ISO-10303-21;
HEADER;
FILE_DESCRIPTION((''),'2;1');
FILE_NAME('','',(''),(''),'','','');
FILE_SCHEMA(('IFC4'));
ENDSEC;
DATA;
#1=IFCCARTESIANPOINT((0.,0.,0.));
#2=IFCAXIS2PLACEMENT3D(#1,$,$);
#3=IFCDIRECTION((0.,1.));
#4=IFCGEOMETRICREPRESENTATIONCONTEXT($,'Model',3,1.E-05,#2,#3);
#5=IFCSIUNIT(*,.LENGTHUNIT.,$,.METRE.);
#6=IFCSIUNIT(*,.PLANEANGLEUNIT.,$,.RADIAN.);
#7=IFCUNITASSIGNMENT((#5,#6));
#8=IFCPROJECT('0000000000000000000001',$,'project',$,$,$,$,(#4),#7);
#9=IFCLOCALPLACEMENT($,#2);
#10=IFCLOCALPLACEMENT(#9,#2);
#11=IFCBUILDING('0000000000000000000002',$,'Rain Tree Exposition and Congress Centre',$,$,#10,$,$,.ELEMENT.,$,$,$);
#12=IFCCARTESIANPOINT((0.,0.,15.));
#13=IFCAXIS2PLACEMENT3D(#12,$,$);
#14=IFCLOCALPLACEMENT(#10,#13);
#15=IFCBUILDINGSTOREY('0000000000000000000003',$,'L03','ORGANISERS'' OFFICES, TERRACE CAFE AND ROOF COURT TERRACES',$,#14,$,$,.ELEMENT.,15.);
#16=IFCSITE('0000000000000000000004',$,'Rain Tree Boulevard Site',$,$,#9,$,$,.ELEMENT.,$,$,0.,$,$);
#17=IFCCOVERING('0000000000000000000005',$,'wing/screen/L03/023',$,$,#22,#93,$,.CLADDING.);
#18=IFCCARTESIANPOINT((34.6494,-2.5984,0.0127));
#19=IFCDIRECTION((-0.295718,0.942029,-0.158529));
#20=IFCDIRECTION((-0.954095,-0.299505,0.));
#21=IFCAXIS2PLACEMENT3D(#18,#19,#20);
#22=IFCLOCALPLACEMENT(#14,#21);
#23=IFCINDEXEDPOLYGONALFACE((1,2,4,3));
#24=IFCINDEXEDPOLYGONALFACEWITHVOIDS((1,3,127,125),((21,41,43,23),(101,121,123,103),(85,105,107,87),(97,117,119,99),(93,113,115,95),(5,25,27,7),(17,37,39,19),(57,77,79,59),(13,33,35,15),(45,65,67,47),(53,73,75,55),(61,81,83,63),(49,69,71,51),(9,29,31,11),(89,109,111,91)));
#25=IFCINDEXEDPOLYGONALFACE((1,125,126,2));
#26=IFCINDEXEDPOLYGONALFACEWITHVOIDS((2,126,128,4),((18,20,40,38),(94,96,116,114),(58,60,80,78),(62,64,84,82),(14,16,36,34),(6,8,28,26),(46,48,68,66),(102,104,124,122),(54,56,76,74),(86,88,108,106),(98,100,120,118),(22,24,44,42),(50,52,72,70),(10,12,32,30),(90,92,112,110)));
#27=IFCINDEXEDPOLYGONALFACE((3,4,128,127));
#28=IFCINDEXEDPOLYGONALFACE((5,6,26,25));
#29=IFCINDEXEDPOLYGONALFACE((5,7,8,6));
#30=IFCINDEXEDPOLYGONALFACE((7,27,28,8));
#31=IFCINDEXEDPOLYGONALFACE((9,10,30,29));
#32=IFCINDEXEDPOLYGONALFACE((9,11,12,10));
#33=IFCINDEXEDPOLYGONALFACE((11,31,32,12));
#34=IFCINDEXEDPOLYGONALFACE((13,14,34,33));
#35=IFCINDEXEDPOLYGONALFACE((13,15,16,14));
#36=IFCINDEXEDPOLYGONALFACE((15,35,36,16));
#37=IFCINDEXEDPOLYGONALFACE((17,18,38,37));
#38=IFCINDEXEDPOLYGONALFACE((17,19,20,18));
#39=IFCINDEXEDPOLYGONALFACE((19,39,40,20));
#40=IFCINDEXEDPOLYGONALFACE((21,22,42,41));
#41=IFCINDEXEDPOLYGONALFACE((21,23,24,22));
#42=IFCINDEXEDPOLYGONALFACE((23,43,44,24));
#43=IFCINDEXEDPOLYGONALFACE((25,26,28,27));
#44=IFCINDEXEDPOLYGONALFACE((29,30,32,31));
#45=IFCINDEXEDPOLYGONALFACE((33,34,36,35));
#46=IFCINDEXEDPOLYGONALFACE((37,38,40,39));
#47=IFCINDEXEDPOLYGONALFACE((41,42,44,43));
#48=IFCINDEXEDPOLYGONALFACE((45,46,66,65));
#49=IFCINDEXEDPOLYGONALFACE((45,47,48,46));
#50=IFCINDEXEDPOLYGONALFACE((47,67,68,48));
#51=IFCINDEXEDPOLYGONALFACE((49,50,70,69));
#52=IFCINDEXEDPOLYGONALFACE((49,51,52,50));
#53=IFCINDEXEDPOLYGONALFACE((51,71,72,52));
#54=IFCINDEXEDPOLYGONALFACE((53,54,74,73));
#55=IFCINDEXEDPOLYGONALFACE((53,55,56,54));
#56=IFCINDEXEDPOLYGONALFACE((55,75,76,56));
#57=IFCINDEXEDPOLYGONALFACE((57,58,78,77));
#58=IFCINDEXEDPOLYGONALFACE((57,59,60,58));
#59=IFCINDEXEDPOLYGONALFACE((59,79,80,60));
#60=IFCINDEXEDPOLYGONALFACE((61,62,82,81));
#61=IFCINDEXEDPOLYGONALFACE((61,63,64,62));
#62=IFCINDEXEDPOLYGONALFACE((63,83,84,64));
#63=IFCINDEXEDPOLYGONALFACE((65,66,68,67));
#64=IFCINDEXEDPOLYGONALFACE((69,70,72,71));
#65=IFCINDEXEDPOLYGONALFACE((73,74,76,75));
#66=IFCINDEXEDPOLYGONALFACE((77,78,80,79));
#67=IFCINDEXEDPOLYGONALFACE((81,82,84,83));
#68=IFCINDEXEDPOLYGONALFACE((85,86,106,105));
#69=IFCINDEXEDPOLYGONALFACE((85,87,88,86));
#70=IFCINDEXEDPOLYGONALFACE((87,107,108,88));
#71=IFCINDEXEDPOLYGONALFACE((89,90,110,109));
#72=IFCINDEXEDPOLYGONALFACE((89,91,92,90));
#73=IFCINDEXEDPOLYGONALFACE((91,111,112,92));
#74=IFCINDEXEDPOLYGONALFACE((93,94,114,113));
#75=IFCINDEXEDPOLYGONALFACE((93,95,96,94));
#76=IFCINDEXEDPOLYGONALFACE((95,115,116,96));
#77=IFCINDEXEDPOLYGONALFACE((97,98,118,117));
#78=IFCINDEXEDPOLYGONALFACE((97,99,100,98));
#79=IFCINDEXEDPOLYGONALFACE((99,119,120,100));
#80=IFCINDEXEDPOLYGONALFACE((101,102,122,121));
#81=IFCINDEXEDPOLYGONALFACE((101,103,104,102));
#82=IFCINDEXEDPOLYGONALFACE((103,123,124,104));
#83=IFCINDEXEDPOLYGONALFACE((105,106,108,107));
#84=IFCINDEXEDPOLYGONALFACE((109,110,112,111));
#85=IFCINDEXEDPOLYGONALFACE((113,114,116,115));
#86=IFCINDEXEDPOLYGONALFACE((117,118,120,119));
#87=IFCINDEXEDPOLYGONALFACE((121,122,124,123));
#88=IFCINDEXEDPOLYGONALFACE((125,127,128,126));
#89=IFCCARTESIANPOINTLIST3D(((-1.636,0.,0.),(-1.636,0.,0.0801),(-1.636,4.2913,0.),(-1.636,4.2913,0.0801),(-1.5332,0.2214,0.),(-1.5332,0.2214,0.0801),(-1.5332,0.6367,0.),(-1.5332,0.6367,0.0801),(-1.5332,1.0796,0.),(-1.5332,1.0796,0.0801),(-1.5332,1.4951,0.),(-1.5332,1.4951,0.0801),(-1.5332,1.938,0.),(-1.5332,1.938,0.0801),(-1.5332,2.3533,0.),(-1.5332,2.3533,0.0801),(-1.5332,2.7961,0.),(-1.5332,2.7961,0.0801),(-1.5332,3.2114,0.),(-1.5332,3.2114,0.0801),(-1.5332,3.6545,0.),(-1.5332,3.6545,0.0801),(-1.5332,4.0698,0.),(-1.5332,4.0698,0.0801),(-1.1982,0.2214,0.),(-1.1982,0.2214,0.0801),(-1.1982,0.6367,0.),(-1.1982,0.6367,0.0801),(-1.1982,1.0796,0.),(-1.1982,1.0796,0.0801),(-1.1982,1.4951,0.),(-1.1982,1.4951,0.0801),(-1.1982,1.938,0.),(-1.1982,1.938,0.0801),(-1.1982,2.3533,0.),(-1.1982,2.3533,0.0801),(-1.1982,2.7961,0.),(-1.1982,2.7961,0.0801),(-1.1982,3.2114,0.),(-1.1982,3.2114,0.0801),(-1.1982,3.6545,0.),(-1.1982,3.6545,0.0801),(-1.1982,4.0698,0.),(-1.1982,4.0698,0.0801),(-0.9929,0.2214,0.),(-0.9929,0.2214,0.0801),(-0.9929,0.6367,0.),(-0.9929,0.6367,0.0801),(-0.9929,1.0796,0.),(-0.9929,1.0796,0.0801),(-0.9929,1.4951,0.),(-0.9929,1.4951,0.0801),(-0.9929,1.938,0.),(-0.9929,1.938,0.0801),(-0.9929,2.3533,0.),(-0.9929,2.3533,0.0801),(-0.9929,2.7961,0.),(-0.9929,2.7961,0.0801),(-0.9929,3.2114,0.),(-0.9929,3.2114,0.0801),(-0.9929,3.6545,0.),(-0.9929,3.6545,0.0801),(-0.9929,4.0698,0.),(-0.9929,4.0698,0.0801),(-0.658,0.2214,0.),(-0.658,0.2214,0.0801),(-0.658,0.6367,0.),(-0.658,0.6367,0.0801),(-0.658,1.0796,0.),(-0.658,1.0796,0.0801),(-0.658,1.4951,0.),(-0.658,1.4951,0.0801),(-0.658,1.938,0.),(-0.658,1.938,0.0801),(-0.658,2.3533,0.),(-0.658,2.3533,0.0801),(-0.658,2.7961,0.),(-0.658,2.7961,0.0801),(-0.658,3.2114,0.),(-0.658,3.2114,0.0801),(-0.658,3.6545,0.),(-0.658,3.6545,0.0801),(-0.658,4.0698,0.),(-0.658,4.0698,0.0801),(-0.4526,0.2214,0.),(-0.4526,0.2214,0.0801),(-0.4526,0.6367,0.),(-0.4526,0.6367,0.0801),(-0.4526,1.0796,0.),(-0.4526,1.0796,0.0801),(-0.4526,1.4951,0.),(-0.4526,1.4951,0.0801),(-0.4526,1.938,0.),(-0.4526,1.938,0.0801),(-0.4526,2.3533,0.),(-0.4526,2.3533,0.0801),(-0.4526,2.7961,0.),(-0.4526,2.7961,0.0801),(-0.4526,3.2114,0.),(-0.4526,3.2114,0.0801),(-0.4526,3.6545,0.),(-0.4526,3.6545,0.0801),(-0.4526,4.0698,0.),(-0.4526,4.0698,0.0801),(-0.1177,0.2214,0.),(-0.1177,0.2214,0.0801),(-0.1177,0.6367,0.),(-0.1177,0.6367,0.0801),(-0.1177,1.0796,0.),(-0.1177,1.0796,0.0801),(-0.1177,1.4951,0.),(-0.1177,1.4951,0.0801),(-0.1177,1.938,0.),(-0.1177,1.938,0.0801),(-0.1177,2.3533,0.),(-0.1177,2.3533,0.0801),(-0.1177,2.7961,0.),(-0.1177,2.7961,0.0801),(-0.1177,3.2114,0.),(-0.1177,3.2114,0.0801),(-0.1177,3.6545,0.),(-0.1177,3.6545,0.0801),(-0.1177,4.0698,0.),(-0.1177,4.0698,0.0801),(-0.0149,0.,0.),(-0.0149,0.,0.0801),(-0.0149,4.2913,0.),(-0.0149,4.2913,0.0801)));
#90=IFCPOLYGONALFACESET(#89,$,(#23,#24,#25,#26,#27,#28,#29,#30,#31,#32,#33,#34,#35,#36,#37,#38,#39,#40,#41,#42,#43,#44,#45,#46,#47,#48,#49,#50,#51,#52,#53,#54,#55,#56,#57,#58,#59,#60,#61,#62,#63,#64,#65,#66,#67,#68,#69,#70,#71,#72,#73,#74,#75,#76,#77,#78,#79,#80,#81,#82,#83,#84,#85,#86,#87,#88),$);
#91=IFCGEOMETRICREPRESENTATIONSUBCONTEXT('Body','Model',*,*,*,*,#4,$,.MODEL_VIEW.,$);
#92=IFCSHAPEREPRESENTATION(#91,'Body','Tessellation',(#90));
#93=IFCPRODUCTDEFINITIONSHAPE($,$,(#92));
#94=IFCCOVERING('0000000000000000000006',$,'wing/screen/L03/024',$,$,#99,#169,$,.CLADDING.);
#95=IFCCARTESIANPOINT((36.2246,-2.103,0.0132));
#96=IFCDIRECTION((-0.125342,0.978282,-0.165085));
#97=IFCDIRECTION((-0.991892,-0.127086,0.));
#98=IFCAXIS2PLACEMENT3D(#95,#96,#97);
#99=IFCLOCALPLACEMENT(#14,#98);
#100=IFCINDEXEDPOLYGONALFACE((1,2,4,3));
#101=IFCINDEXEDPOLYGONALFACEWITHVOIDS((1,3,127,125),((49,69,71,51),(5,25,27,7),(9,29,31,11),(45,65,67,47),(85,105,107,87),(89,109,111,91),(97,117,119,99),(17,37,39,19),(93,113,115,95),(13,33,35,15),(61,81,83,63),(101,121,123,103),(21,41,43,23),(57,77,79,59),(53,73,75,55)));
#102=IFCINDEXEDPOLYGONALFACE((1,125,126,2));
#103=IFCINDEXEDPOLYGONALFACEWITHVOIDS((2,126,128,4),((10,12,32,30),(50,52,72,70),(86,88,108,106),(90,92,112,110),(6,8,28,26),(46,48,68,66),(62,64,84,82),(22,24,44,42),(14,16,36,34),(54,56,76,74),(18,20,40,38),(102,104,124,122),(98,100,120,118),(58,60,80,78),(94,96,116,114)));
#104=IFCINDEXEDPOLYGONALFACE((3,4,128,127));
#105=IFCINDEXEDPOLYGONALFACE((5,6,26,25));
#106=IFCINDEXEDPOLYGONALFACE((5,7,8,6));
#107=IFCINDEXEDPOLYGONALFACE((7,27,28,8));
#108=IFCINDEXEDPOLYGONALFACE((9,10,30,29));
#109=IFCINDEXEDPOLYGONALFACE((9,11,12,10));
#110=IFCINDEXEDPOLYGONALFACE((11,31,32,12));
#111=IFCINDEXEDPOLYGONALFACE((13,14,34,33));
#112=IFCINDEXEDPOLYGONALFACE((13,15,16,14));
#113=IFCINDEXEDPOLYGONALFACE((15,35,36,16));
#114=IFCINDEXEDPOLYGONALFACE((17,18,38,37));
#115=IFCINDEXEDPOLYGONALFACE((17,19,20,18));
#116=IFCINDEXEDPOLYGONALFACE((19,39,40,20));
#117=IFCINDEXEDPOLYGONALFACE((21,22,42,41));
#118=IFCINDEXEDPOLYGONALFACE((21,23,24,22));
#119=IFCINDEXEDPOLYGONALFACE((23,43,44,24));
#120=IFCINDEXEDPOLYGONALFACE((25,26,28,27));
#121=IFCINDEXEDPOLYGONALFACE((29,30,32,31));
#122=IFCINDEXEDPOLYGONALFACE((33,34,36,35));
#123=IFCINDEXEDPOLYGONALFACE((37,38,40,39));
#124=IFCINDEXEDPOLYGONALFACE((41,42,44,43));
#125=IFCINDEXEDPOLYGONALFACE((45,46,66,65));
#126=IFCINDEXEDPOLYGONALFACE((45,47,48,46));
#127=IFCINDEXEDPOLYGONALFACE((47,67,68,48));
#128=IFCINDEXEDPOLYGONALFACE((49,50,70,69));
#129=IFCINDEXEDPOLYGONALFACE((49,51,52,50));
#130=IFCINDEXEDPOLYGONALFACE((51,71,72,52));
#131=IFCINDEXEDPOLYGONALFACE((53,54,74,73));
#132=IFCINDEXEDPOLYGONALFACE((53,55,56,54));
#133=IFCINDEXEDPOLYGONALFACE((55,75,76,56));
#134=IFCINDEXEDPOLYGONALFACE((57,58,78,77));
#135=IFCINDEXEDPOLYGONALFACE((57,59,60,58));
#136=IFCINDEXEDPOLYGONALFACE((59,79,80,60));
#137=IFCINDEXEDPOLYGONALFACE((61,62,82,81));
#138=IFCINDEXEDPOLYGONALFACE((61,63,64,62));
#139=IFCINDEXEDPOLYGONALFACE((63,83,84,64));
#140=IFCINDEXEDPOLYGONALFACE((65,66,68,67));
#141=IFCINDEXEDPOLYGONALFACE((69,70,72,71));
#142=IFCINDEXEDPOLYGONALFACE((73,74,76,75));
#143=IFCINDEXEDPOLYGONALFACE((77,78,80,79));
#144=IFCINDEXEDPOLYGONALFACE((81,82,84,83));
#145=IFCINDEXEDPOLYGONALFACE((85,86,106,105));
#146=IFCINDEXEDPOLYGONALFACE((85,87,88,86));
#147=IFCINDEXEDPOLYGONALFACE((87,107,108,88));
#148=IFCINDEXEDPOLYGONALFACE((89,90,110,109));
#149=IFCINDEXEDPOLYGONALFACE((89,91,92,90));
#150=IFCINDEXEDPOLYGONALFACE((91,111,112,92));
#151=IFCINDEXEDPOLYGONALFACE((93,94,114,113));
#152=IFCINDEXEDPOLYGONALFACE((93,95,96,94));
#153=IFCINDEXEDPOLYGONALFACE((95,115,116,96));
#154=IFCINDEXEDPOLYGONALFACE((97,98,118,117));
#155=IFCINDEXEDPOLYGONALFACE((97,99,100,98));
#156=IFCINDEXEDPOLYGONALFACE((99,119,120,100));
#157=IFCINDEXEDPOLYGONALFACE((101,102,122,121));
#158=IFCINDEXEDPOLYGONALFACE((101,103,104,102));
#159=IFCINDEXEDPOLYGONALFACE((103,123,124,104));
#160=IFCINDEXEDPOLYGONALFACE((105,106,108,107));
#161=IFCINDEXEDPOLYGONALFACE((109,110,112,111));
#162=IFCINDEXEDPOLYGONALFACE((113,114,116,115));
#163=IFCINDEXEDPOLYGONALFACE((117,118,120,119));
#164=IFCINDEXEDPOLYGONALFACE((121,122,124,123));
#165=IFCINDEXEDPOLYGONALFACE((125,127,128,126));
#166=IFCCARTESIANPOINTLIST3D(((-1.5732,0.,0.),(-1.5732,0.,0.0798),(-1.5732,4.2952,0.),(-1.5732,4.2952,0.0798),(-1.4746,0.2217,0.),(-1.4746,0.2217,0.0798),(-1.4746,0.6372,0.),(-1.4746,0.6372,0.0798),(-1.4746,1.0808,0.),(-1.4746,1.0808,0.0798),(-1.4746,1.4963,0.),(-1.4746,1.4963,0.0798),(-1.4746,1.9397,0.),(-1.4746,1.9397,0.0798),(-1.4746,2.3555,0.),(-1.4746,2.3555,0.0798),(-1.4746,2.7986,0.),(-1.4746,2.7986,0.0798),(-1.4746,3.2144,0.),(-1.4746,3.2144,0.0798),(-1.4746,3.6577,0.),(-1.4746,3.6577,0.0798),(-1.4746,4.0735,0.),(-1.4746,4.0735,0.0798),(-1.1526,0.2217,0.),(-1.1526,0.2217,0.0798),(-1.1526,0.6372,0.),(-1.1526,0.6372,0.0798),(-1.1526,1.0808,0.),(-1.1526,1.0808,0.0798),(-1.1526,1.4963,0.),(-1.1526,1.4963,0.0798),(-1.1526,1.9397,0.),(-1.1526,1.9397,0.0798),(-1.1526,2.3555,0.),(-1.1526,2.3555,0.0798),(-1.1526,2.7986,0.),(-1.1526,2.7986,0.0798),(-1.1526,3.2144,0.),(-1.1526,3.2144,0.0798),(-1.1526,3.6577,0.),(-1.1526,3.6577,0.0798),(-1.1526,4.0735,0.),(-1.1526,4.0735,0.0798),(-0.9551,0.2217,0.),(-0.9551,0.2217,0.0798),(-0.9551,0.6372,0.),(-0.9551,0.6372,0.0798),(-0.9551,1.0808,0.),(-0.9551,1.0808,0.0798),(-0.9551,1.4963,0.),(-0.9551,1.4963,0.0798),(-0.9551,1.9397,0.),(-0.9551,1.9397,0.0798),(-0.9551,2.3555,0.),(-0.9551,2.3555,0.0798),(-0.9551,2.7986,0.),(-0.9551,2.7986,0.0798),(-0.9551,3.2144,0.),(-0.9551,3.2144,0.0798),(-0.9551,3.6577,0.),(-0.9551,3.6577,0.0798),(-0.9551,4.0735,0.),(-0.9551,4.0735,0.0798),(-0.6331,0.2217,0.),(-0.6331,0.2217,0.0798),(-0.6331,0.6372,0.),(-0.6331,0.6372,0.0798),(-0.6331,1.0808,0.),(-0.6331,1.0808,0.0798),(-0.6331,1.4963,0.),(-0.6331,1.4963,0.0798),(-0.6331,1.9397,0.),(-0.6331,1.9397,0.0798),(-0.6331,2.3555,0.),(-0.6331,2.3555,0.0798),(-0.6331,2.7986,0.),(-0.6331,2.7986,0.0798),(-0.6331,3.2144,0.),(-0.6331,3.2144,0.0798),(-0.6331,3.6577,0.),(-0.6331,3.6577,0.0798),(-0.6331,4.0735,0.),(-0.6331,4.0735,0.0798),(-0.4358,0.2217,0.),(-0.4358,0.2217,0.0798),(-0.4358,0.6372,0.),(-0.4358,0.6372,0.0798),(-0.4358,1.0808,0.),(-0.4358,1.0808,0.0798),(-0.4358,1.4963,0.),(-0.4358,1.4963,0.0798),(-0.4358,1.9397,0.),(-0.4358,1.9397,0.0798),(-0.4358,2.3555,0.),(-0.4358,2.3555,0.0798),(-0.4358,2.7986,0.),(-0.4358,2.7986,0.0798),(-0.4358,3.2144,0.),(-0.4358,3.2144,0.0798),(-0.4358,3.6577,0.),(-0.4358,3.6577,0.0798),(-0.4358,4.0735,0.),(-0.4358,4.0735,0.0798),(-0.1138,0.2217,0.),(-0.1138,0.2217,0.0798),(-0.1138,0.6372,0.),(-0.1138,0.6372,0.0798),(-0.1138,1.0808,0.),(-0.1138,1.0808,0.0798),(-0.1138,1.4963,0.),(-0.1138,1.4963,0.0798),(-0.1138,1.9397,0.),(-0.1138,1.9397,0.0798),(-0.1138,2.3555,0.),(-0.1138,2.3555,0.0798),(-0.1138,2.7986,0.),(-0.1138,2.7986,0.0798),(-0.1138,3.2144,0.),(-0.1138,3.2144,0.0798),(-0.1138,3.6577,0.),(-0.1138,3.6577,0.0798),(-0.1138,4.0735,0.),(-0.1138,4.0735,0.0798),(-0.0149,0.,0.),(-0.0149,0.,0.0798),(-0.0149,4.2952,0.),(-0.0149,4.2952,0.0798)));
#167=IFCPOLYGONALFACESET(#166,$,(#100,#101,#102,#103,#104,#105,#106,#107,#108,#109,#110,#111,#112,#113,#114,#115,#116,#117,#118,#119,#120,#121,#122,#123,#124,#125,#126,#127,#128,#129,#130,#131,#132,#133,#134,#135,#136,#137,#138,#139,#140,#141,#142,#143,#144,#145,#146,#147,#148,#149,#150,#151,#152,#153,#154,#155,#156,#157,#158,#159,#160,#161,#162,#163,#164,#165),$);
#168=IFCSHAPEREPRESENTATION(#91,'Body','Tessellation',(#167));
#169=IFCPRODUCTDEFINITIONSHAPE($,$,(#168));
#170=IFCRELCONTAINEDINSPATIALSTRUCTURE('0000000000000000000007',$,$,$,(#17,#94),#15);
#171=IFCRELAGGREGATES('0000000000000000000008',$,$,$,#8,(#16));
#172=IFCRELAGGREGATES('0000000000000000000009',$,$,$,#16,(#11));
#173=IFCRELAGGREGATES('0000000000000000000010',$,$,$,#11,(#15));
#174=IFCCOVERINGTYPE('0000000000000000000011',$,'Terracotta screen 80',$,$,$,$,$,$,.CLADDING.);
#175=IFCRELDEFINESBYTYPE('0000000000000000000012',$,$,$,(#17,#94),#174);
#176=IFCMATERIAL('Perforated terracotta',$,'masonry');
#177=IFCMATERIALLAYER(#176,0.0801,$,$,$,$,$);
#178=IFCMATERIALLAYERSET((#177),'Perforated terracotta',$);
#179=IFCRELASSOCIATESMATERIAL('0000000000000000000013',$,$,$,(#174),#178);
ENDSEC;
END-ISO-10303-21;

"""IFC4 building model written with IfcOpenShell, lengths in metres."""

from ifc_helpers import new_model, si_unit, direction, frame, origin, place, context, subcontext, project, spatial, polyline, outline, extrude, material, layer, layer_set, type_object, element, save


model = new_model("IFC4")

# Units and contexts
model_context = context("Model", 3, precision=1e-05, world=origin(), true_north=direction((0.0, 1.0)))
body_context = subcontext(model_context, "Body", "Model", "MODEL_VIEW")
ifc_project = project(units=[si_unit("LENGTHUNIT", "METRE"), si_unit("PLANEANGLEUNIT", "RADIAN")], contexts=[model_context])

# Site, building, storey
site_placement = place(None, origin())
site = spatial("IfcSite", under=ifc_project, at=site_placement, Name="Rain Tree Boulevard Site", CompositionType="ELEMENT", RefElevation=0.0)
building_placement = place(site_placement, origin())
building = spatial("IfcBuilding", under=site, at=building_placement, Name="Rain Tree Exposition and Congress Centre", CompositionType="ELEMENT")
storey_placement = place(building_placement, frame((0.0, 0.0, 15.0)))
storey = spatial("IfcBuildingStorey", under=building, at=storey_placement, Name="L03", Description="ORGANISERS' OFFICES, TERRACE CAFE AND ROOF COURT TERRACES", CompositionType="ELEMENT", Elevation=15.0)

# Coverings
ifc_material_1 = material(Name="Perforated terracotta", Category="masonry")
ifc_layer_1 = layer(ifc_material_1, 0.0801)
ifc_layer_set_1 = layer_set([ifc_layer_1], Name="Perforated terracotta")
covering_type = type_object("IfcCoveringType", Name="Terracotta screen 80", PredefinedType="CLADDING", material=ifc_layer_set_1)
covering_1_placement = place(storey_placement, frame((34.6494, -2.5984, 0.0127), z_axis=(-0.295718, 0.942029, -0.158529), x_axis=(-0.954095, -0.299505, 0.0)))
element("IfcCovering", 1, at=covering_1_placement, inside=storey, type_object=covering_type, Name="wing/screen/L03/023", PredefinedType="CLADDING", context=body_context, shape_type="SweptSolid", body=[
    extrude(outline(polyline([(-1.636, 0.0), (-1.636, 4.2913), (-0.0149, 4.2913), (-0.0149, 0.0), (-1.636, 0.0)]), holes=[polyline([(-0.1177, 0.2214), (-0.1177, 0.6367), (-0.4526, 0.6367), (-0.4526, 0.2214), (-0.1177, 0.2214)]), polyline([(-0.1177, 1.0796), (-0.1177, 1.4951), (-0.4526, 1.4951), (-0.4526, 1.0796), (-0.1177, 1.0796)]), polyline([(-0.1177, 1.938), (-0.1177, 2.3533), (-0.4526, 2.3533), (-0.4526, 1.938), (-0.1177, 1.938)]), polyline([(-0.1177, 2.7961), (-0.1177, 3.2114), (-0.4526, 3.2114), (-0.4526, 2.7961), (-0.1177, 2.7961)]), polyline([(-0.1177, 3.6545), (-0.1177, 4.0698), (-0.4526, 4.0698), (-0.4526, 3.6545), (-0.1177, 3.6545)]), polyline([(-0.658, 0.2214), (-0.658, 0.6367), (-0.9929, 0.6367), (-0.9929, 0.2214), (-0.658, 0.2214)]), polyline([(-0.658, 1.0796), (-0.658, 1.4951), (-0.9929, 1.4951), (-0.9929, 1.0796), (-0.658, 1.0796)]), polyline([(-0.658, 1.938), (-0.658, 2.3533), (-0.9929, 2.3533), (-0.9929, 1.938), (-0.658, 1.938)]), polyline([(-0.658, 2.7961), (-0.658, 3.2114), (-0.9929, 3.2114), (-0.9929, 2.7961), (-0.658, 2.7961)]), polyline([(-0.658, 3.6545), (-0.658, 4.0698), (-0.9929, 4.0698), (-0.9929, 3.6545), (-0.658, 3.6545)]), polyline([(-1.1982, 0.2214), (-1.1982, 0.6367), (-1.5332, 0.6367), (-1.5332, 0.2214), (-1.1982, 0.2214)]), polyline([(-1.1982, 1.0796), (-1.1982, 1.4951), (-1.5332, 1.4951), (-1.5332, 1.0796), (-1.1982, 1.0796)]), polyline([(-1.1982, 1.938), (-1.1982, 2.3533), (-1.5332, 2.3533), (-1.5332, 1.938), (-1.1982, 1.938)]), polyline([(-1.1982, 2.7961), (-1.1982, 3.2114), (-1.5332, 3.2114), (-1.5332, 2.7961), (-1.1982, 2.7961)]), polyline([(-1.1982, 3.6545), (-1.1982, 4.0698), (-1.5332, 4.0698), (-1.5332, 3.6545), (-1.1982, 3.6545)])]), origin(), (0.0, 0.0, 1.0), 0.0801),
])
covering_2_placement = place(storey_placement, frame((36.2246, -2.103, 0.0132), z_axis=(-0.125342, 0.978282, -0.165085), x_axis=(-0.991892, -0.127086, 0.0)))
element("IfcCovering", 2, at=covering_2_placement, inside=storey, type_object=covering_type, Name="wing/screen/L03/024", PredefinedType="CLADDING", context=body_context, shape_type="SweptSolid", body=[
    extrude(outline(polyline([(-1.5732, 0.0), (-1.5732, 4.2952), (-0.0149, 4.2952), (-0.0149, 0.0), (-1.5732, 0.0)]), holes=[polyline([(-0.1138, 0.2217), (-0.1138, 0.6372), (-0.4358, 0.6372), (-0.4358, 0.2217), (-0.1138, 0.2217)]), polyline([(-0.1138, 1.0808), (-0.1138, 1.4963), (-0.4358, 1.4963), (-0.4358, 1.0808), (-0.1138, 1.0808)]), polyline([(-0.1138, 1.9397), (-0.1138, 2.3555), (-0.4358, 2.3555), (-0.4358, 1.9397), (-0.1138, 1.9397)]), polyline([(-0.1138, 2.7986), (-0.1138, 3.2144), (-0.4358, 3.2144), (-0.4358, 2.7986), (-0.1138, 2.7986)]), polyline([(-0.1138, 3.6577), (-0.1138, 4.0735), (-0.4358, 4.0735), (-0.4358, 3.6577), (-0.1138, 3.6577)]), polyline([(-0.6331, 0.2217), (-0.6331, 0.6372), (-0.9551, 0.6372), (-0.9551, 0.2217), (-0.6331, 0.2217)]), polyline([(-0.6331, 1.0808), (-0.6331, 1.4963), (-0.9551, 1.4963), (-0.9551, 1.0808), (-0.6331, 1.0808)]), polyline([(-0.6331, 1.9397), (-0.6331, 2.3555), (-0.9551, 2.3555), (-0.9551, 1.9397), (-0.6331, 1.9397)]), polyline([(-0.6331, 2.7986), (-0.6331, 3.2144), (-0.9551, 3.2144), (-0.9551, 2.7986), (-0.6331, 2.7986)]), polyline([(-0.6331, 3.6577), (-0.6331, 4.0735), (-0.9551, 4.0735), (-0.9551, 3.6577), (-0.6331, 3.6577)]), polyline([(-1.1526, 0.2217), (-1.1526, 0.6372), (-1.4746, 0.6372), (-1.4746, 0.2217), (-1.1526, 0.2217)]), polyline([(-1.1526, 1.0808), (-1.1526, 1.4963), (-1.4746, 1.4963), (-1.4746, 1.0808), (-1.1526, 1.0808)]), polyline([(-1.1526, 1.9397), (-1.1526, 2.3555), (-1.4746, 2.3555), (-1.4746, 1.9397), (-1.1526, 1.9397)]), polyline([(-1.1526, 2.7986), (-1.1526, 3.2144), (-1.4746, 3.2144), (-1.4746, 2.7986), (-1.1526, 2.7986)]), polyline([(-1.1526, 3.6577), (-1.1526, 4.0735), (-1.4746, 4.0735), (-1.4746, 3.6577), (-1.1526, 3.6577)])]), origin(), (0.0, 0.0, 1.0), 0.0798),
])

save(model, "model.ifc")
